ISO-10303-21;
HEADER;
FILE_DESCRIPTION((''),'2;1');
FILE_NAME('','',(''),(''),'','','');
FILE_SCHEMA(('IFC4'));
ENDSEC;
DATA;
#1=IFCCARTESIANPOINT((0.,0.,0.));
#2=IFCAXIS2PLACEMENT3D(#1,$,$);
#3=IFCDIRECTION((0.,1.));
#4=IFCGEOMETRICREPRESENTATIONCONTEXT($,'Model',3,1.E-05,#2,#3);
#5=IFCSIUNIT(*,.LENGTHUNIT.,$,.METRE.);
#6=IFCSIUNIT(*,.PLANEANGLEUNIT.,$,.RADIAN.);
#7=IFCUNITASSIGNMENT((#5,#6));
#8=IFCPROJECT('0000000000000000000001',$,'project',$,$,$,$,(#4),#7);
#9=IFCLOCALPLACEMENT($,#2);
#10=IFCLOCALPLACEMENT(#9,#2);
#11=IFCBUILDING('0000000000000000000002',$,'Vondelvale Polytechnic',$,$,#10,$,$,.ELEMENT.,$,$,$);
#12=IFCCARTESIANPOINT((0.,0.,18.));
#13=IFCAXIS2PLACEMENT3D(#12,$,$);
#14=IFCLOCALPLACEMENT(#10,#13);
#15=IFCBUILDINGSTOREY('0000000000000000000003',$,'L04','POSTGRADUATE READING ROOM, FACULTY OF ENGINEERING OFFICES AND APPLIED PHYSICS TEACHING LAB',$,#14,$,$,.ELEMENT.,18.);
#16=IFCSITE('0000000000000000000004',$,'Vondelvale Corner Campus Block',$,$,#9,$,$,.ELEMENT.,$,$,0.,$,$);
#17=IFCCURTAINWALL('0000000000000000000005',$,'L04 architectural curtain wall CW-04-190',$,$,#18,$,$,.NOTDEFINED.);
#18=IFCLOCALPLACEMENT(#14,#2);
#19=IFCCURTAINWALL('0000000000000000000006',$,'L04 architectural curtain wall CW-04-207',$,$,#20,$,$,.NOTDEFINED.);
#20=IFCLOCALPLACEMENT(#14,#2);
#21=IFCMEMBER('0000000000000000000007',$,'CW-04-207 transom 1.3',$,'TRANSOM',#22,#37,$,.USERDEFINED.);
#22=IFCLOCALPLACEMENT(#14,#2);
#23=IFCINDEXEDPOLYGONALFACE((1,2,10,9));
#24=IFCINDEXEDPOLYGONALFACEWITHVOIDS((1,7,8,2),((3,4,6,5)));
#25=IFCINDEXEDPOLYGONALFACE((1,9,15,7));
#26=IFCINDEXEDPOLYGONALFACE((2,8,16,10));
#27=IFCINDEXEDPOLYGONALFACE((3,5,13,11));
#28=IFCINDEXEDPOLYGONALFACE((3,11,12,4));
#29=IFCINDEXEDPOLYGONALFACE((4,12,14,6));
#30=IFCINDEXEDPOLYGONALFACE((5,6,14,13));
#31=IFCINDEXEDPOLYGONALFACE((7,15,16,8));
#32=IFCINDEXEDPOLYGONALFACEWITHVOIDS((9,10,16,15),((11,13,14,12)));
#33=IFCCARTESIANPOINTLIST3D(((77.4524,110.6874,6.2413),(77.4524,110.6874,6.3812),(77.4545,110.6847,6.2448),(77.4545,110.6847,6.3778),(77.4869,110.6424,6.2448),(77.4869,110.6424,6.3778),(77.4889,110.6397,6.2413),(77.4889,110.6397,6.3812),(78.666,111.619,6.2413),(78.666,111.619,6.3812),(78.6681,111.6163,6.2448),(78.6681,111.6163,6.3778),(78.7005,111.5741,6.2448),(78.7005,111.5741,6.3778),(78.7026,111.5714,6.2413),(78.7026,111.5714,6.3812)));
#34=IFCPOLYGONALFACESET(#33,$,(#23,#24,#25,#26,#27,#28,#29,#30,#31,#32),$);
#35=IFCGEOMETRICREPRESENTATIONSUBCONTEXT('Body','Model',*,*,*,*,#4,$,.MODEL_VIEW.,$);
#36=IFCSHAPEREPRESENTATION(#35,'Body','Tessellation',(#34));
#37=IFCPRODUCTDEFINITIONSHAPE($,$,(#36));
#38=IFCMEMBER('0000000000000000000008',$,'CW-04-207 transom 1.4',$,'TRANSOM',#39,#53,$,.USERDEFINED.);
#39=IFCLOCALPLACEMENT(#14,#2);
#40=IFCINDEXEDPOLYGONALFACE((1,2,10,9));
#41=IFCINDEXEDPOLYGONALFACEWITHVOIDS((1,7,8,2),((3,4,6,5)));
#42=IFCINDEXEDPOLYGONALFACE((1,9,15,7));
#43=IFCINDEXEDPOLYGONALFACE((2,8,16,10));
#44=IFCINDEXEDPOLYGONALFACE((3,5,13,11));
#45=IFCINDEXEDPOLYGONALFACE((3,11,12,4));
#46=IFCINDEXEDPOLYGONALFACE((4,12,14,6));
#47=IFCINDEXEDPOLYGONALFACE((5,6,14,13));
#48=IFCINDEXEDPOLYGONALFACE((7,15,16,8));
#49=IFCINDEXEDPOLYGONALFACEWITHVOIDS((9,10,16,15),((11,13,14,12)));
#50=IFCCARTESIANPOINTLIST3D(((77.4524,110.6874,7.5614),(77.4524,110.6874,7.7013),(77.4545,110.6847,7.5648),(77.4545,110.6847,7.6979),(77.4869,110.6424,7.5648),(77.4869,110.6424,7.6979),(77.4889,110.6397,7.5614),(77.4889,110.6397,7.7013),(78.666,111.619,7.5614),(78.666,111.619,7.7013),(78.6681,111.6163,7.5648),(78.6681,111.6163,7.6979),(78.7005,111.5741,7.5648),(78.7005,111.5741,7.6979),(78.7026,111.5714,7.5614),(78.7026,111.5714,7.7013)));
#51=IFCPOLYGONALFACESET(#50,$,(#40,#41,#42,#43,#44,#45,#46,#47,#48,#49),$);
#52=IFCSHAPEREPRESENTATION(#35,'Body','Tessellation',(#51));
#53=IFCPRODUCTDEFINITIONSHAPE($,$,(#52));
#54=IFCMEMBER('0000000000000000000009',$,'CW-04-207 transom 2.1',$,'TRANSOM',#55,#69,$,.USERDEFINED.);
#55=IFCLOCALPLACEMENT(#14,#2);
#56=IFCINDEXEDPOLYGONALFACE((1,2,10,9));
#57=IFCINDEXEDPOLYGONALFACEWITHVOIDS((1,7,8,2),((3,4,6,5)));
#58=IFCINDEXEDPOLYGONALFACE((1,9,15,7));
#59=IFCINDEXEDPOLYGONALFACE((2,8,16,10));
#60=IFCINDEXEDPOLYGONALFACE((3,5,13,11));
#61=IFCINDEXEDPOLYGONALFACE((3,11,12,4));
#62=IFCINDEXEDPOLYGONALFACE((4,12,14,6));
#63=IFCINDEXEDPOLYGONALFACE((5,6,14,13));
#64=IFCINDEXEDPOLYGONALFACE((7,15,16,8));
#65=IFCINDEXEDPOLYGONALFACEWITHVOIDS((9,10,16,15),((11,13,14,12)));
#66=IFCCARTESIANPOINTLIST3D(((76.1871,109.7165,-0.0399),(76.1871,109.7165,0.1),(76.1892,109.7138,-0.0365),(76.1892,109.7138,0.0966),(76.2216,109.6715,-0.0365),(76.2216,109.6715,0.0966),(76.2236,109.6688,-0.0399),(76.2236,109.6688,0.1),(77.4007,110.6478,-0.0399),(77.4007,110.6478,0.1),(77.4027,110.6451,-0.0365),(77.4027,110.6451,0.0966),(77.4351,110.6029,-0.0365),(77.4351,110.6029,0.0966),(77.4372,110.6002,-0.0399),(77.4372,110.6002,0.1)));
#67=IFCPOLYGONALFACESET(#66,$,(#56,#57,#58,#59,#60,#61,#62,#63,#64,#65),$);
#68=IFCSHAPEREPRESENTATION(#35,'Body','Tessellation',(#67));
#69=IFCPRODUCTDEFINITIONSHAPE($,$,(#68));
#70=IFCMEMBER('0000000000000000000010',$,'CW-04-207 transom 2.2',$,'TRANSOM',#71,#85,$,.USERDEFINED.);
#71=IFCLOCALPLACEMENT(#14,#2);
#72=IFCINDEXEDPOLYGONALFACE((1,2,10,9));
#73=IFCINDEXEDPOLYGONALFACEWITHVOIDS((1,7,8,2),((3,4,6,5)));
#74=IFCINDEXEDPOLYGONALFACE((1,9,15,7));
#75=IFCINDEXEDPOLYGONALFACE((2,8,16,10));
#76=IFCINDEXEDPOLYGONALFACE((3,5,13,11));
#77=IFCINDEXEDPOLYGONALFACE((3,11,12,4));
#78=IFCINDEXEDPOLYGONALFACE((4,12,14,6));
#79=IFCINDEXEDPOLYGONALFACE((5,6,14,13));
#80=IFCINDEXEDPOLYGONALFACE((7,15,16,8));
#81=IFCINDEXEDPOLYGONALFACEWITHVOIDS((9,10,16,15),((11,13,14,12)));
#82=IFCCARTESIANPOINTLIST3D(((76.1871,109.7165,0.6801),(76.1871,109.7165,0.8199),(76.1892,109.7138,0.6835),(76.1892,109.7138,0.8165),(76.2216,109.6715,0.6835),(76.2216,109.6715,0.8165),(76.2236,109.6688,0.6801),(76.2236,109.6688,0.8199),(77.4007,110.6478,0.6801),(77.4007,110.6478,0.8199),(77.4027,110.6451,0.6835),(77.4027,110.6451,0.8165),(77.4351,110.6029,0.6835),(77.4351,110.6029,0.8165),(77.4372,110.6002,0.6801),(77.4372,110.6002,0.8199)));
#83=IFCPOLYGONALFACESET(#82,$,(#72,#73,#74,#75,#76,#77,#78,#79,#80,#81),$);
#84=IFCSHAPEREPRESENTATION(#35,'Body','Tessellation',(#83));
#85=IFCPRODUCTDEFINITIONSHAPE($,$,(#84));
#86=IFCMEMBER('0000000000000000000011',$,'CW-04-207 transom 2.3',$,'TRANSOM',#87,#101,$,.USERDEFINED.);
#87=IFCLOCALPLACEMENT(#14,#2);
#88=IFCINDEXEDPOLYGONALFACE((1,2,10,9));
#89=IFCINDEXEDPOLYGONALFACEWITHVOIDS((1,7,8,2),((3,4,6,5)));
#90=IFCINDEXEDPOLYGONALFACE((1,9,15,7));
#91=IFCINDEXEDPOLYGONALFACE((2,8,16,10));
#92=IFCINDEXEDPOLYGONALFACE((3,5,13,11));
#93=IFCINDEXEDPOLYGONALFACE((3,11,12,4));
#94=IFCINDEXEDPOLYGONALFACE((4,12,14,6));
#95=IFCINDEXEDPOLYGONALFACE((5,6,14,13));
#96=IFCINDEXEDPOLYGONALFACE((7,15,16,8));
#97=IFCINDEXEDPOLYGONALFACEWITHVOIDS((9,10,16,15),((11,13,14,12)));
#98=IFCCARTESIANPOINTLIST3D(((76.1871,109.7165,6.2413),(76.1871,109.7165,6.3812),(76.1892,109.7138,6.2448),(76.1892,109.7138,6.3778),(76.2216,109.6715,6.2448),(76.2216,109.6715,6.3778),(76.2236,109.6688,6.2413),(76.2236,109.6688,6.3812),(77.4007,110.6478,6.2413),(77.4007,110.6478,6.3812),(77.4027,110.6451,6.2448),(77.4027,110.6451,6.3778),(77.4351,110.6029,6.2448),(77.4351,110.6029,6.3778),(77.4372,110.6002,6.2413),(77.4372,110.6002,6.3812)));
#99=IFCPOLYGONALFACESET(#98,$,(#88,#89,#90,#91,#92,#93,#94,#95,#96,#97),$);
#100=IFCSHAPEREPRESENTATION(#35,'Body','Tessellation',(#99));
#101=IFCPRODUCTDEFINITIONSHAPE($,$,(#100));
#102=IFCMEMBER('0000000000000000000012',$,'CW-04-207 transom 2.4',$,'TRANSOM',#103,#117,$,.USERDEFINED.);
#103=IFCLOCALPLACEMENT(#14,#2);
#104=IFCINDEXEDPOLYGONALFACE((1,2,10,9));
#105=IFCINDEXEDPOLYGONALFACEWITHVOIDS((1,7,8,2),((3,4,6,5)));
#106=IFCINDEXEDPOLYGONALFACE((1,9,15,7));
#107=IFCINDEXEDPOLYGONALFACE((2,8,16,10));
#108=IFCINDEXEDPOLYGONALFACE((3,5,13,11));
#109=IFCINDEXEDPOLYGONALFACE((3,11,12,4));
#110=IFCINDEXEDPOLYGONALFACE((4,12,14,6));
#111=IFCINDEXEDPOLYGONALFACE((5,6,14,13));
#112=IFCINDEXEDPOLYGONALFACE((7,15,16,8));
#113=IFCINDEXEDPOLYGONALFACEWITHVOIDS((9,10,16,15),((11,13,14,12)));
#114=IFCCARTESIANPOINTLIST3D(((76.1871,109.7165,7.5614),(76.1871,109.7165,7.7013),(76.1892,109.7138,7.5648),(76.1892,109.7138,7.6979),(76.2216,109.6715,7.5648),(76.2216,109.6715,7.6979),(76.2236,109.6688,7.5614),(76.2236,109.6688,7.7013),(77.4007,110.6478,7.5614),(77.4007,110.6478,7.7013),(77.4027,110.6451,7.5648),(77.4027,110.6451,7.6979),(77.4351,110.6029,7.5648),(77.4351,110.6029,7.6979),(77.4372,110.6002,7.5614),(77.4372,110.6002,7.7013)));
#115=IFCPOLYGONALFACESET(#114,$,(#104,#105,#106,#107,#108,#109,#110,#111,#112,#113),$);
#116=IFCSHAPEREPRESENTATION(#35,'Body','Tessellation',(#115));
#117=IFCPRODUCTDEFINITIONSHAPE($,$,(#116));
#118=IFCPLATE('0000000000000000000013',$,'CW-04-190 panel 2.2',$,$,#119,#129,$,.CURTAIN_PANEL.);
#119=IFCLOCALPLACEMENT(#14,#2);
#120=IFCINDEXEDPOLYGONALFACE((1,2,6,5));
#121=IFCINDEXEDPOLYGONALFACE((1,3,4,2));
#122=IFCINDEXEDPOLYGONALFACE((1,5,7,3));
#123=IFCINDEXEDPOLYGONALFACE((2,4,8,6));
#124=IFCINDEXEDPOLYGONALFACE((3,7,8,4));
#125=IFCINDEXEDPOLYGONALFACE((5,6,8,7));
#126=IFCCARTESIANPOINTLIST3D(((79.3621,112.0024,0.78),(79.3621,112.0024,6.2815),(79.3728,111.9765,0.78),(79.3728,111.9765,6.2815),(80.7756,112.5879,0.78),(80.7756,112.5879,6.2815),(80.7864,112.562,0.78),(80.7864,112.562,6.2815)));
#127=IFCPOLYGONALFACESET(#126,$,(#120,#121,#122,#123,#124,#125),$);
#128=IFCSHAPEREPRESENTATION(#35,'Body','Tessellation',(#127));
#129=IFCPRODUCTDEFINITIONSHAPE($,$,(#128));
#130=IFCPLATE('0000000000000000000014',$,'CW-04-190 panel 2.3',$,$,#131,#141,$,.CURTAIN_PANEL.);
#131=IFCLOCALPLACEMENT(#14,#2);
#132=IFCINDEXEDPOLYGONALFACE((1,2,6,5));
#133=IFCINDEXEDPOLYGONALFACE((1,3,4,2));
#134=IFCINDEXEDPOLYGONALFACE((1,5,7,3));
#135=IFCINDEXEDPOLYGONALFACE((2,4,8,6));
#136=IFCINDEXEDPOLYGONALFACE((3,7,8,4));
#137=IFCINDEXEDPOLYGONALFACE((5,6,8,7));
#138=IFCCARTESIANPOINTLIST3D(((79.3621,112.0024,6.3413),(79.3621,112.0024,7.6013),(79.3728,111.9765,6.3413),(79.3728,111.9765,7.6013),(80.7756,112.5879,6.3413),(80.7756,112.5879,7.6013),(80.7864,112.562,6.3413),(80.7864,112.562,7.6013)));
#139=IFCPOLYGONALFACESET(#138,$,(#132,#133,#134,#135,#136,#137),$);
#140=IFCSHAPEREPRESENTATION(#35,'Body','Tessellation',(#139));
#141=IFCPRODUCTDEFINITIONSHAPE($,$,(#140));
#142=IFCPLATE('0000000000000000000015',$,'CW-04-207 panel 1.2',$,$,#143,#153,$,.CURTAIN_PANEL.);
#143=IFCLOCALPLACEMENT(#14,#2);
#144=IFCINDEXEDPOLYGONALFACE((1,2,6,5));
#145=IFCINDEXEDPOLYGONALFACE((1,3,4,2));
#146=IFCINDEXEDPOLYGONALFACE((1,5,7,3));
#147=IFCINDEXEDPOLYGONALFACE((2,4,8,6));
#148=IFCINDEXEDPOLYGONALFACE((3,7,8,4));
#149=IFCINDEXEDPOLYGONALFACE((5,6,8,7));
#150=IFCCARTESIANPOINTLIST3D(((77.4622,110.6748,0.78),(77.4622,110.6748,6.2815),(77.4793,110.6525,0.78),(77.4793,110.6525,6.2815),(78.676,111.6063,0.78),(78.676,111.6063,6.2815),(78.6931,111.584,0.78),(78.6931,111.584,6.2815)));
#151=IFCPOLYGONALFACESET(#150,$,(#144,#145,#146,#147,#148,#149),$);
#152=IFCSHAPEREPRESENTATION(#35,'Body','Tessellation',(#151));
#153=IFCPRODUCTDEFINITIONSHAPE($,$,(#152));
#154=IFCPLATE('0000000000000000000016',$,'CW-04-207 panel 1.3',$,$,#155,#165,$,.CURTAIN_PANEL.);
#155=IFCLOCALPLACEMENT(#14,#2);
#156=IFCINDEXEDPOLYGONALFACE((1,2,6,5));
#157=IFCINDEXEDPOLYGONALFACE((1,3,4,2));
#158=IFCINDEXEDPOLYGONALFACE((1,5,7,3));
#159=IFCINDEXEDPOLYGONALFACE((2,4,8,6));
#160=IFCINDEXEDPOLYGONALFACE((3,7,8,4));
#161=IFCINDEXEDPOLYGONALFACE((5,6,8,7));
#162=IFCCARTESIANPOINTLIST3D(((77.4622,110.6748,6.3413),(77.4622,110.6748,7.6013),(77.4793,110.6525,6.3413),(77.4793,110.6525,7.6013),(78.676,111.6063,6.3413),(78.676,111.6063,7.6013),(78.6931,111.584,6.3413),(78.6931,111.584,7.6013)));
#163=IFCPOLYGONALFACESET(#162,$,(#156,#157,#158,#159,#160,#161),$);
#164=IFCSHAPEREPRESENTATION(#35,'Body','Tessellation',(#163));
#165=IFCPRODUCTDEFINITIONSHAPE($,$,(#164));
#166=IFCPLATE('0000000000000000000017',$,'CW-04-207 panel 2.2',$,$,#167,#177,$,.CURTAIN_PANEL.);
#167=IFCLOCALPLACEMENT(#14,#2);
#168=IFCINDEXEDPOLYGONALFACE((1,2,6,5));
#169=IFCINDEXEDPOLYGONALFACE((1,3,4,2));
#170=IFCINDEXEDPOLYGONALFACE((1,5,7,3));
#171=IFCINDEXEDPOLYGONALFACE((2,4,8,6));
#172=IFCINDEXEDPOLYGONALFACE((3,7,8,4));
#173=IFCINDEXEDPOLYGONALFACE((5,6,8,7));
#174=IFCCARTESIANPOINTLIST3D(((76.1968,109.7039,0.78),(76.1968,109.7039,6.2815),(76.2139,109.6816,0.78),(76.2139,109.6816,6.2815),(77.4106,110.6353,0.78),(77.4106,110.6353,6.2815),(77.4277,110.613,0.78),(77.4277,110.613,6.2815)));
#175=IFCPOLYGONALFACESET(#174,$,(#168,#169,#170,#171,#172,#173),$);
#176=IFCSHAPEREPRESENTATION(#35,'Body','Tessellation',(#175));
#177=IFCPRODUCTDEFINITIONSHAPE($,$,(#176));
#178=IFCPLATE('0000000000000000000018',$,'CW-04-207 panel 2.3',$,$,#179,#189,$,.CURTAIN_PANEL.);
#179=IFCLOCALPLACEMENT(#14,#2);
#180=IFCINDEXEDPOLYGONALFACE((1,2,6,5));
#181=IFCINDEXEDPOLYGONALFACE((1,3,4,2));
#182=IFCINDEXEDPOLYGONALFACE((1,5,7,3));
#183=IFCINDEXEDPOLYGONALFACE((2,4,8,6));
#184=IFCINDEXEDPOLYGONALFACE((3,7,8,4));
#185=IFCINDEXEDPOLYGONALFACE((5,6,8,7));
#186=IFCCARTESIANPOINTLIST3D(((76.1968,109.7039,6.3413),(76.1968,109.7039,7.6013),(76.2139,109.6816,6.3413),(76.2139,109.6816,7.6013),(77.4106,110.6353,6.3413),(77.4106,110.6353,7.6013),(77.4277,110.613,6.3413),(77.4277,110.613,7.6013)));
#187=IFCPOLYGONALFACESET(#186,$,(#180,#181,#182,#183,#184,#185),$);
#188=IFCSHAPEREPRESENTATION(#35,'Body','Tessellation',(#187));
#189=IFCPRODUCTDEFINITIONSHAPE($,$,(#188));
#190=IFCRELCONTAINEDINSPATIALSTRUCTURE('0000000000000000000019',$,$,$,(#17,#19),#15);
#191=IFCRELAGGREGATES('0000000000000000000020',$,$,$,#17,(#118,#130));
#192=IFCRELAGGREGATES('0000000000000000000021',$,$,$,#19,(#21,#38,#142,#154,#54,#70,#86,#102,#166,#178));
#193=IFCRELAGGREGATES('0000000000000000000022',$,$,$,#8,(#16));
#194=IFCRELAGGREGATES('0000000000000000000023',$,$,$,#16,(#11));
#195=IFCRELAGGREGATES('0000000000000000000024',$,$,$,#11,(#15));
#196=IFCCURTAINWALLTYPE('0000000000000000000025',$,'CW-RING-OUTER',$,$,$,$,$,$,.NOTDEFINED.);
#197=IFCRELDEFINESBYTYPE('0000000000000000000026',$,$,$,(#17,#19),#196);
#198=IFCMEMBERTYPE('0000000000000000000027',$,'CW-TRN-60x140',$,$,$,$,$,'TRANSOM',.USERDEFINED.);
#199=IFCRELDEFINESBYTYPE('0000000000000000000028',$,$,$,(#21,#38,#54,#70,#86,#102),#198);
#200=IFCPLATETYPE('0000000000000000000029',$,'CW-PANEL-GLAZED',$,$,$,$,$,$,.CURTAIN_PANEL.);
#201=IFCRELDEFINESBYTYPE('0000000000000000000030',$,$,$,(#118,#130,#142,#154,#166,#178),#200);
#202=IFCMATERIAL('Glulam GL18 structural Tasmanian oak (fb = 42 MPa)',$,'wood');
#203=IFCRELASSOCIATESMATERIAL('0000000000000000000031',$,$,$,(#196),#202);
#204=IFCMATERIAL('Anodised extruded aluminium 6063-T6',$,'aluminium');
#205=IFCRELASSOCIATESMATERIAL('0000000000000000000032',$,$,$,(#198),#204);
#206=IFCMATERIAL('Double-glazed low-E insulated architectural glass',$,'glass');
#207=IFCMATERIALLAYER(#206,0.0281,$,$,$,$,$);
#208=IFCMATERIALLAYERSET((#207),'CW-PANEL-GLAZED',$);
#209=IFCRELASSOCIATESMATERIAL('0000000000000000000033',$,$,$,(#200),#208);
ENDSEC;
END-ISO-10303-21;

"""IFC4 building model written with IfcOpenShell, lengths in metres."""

from ifc_helpers import new_model, si_unit, direction, frame, origin, origin_2d, place, context, subcontext, project, spatial, rectangle, hollow_rectangle, extrude, material, layer, layer_set, material_profile, profile_set, type_object, element, aggregate, save


model = new_model("IFC4")

# Units and contexts
model_context = context("Model", 3, precision=1e-05, world=origin(), true_north=direction((0.0, 1.0)))
body_context = subcontext(model_context, "Body", "Model", "MODEL_VIEW")
ifc_project = project(units=[si_unit("LENGTHUNIT", "METRE"), si_unit("PLANEANGLEUNIT", "RADIAN")], contexts=[model_context])

# Site, building, storey
site_placement = place(None, origin())
site = spatial("IfcSite", under=ifc_project, at=site_placement, Name="Vondelvale Corner Campus Block", CompositionType="ELEMENT", RefElevation=0.0)
building_placement = place(site_placement, origin())
building = spatial("IfcBuilding", under=site, at=building_placement, Name="Vondelvale Polytechnic", CompositionType="ELEMENT")
storey_placement = place(building_placement, frame((0.0, 0.0, 18.0)))
storey = spatial("IfcBuildingStorey", under=building, at=storey_placement, Name="L04", Description="POSTGRADUATE READING ROOM, FACULTY OF ENGINEERING OFFICES AND APPLIED PHYSICS TEACHING LAB", CompositionType="ELEMENT", Elevation=18.0)

# Curtain wall
ifc_material_1 = material(Name="Glulam GL18 structural Tasmanian oak (fb = 42 MPa)", Category="wood")
curtain_wall_type = type_object("IfcCurtainWallType", Name="CW-RING-OUTER", PredefinedType="NOTDEFINED", material=ifc_material_1)
curtain_wall_1_placement = place(storey_placement, origin())
curtain_wall_1 = element("IfcCurtainWall", 1, at=curtain_wall_1_placement, inside=storey, type_object=curtain_wall_type, Name="L04 architectural curtain wall CW-04-190", PredefinedType="NOTDEFINED")
ifc_material_2 = material(Name="Anodised extruded aluminium 6063-T6", Category="aluminium")

# Curtain wall
curtain_wall_2_placement = place(storey_placement, origin())
curtain_wall_2 = element("IfcCurtainWall", 2, at=curtain_wall_2_placement, inside=storey, type_object=curtain_wall_type, Name="L04 architectural curtain wall CW-04-207", PredefinedType="NOTDEFINED")

# Members
ifc_material_profile_1 = material_profile(ifc_material_2, hollow_rectangle(XDim=0.0601, YDim=0.1399, WallThickness=0.0034, at=origin_2d()), Name="CW-TRN-140x60")
ifc_profile_set_1 = profile_set([ifc_material_profile_1], Name="Anodised extruded aluminium 6063-T6")
member_type_1 = type_object("IfcMemberType", Name="CW-TRN-60x140", ElementType="TRANSOM", PredefinedType="USERDEFINED", material=ifc_profile_set_1)
member_1_placement = place(storey_placement, frame((78.6843, 111.5952, 6.3113), z_axis=(-0.793229, -0.608924, 0.0), x_axis=(0.608924, -0.793229, 0.0)))
member_1 = element("IfcMember", 3, at=member_1_placement, type_object=member_type_1, Name="CW-04-207 transom 1.3", ObjectType="TRANSOM", PredefinedType="USERDEFINED", context=body_context, shape_type="SweptSolid", body=[
    extrude(hollow_rectangle(XDim=0.0601, YDim=0.1399, WallThickness=0.0034, at=origin_2d()), origin(), (0.0, 0.0, 1.0), 1.53),
])
member_2_placement = place(storey_placement, frame((78.6843, 111.5952, 7.6313), z_axis=(-0.793229, -0.608924, 0.0), x_axis=(0.608924, -0.793229, 0.0)))
member_2 = element("IfcMember", 4, at=member_2_placement, type_object=member_type_1, Name="CW-04-207 transom 1.4", ObjectType="TRANSOM", PredefinedType="USERDEFINED", context=body_context, shape_type="SweptSolid", body=[
    extrude(hollow_rectangle(XDim=0.0601, YDim=0.1399, WallThickness=0.0034, at=origin_2d()), origin(), (0.0, 0.0, 1.0), 1.53),
])
member_3_placement = place(storey_placement, frame((77.4189, 110.624, 0.03), z_axis=(-0.793306, -0.608823, 0.0), x_axis=(0.608823, -0.793306, 0.0)))
member_3 = element("IfcMember", 5, at=member_3_placement, type_object=member_type_1, Name="CW-04-207 transom 2.1", ObjectType="TRANSOM", PredefinedType="USERDEFINED", context=body_context, shape_type="SweptSolid", body=[
    extrude(hollow_rectangle(XDim=0.0601, YDim=0.1399, WallThickness=0.0034, at=origin_2d()), origin(), (0.0, 0.0, 1.0), 1.5298),
])
member_4_placement = place(storey_placement, frame((77.4189, 110.624, 0.75), z_axis=(-0.793306, -0.608823, 0.0), x_axis=(0.608823, -0.793306, 0.0)))
member_4 = element("IfcMember", 6, at=member_4_placement, type_object=member_type_1, Name="CW-04-207 transom 2.2", ObjectType="TRANSOM", PredefinedType="USERDEFINED", context=body_context, shape_type="SweptSolid", body=[
    extrude(hollow_rectangle(XDim=0.0601, YDim=0.1399, WallThickness=0.0034, at=origin_2d()), origin(), (0.0, 0.0, 1.0), 1.5298),
])
member_5_placement = place(storey_placement, frame((77.4189, 110.624, 6.3113), z_axis=(-0.793306, -0.608823, 0.0), x_axis=(0.608823, -0.793306, 0.0)))
member_5 = element("IfcMember", 7, at=member_5_placement, type_object=member_type_1, Name="CW-04-207 transom 2.3", ObjectType="TRANSOM", PredefinedType="USERDEFINED", context=body_context, shape_type="SweptSolid", body=[
    extrude(hollow_rectangle(XDim=0.0601, YDim=0.1399, WallThickness=0.0034, at=origin_2d()), origin(), (0.0, 0.0, 1.0), 1.5298),
])
member_6_placement = place(storey_placement, frame((77.4189, 110.624, 7.6313), z_axis=(-0.793306, -0.608823, 0.0), x_axis=(0.608823, -0.793306, 0.0)))
member_6 = element("IfcMember", 8, at=member_6_placement, type_object=member_type_1, Name="CW-04-207 transom 2.4", ObjectType="TRANSOM", PredefinedType="USERDEFINED", context=body_context, shape_type="SweptSolid", body=[
    extrude(hollow_rectangle(XDim=0.0601, YDim=0.1399, WallThickness=0.0034, at=origin_2d()), origin(), (0.0, 0.0, 1.0), 1.5298),
])

# Plates
ifc_material_3 = material(Name="Double-glazed low-E insulated architectural glass", Category="glass")
ifc_layer_1 = layer(ifc_material_3, 0.0281)
ifc_layer_set_1 = layer_set([ifc_layer_1], Name="CW-PANEL-GLAZED")
plate_type_1 = type_object("IfcPlateType", Name="CW-PANEL-GLAZED", PredefinedType="CURTAIN_PANEL", material=ifc_layer_set_1)
plate_1_placement = place(storey_placement, frame((80.0742, 112.2822, 0.78), z_axis=(0.0, 0.0, 1.0), x_axis=(-0.923882, -0.382677, 0.0)))
plate_1 = element("IfcPlate", 9, at=plate_1_placement, type_object=plate_type_1, Name="CW-04-190 panel 2.2", PredefinedType="CURTAIN_PANEL", context=body_context, shape_type="SweptSolid", body=[
    extrude(rectangle(XDim=1.53, YDim=0.0281, at=origin_2d()), origin(), (0.0, 0.0, 1.0), 5.5015),
])
plate_2_placement = place(storey_placement, frame((80.0742, 112.2822, 6.3413), z_axis=(0.0, 0.0, 1.0), x_axis=(-0.923882, -0.382677, 0.0)))
plate_2 = element("IfcPlate", 10, at=plate_2_placement, type_object=plate_type_1, Name="CW-04-190 panel 2.3", PredefinedType="CURTAIN_PANEL", context=body_context, shape_type="SweptSolid", body=[
    extrude(rectangle(XDim=1.53, YDim=0.0281, at=origin_2d()), origin(), (0.0, 0.0, 1.0), 1.26),
])
plate_3_placement = place(storey_placement, frame((78.0776, 111.1294, 0.78), z_axis=(0.0, 0.0, 1.0), x_axis=(-0.793334, -0.608787, 0.0)))
plate_3 = element("IfcPlate", 11, at=plate_3_placement, type_object=plate_type_1, Name="CW-04-207 panel 1.2", PredefinedType="CURTAIN_PANEL", context=body_context, shape_type="SweptSolid", body=[
    extrude(rectangle(XDim=1.53, YDim=0.0281, at=origin_2d()), origin(), (0.0, 0.0, 1.0), 5.5015),
])
plate_4_placement = place(storey_placement, frame((78.0776, 111.1294, 6.3413), z_axis=(0.0, 0.0, 1.0), x_axis=(-0.793334, -0.608787, 0.0)))
plate_4 = element("IfcPlate", 12, at=plate_4_placement, type_object=plate_type_1, Name="CW-04-207 panel 1.3", PredefinedType="CURTAIN_PANEL", context=body_context, shape_type="SweptSolid", body=[
    extrude(rectangle(XDim=1.53, YDim=0.0281, at=origin_2d()), origin(), (0.0, 0.0, 1.0), 1.26),
])
plate_5_placement = place(storey_placement, frame((76.8123, 110.1584, 0.78), z_axis=(0.0, 0.0, 1.0), x_axis=(-0.793334, -0.608787, 0.0)))
plate_5 = element("IfcPlate", 13, at=plate_5_placement, type_object=plate_type_1, Name="CW-04-207 panel 2.2", PredefinedType="CURTAIN_PANEL", context=body_context, shape_type="SweptSolid", body=[
    extrude(rectangle(XDim=1.53, YDim=0.0281, at=origin_2d()), origin(), (0.0, 0.0, 1.0), 5.5015),
])
plate_6_placement = place(storey_placement, frame((76.8123, 110.1584, 6.3413), z_axis=(0.0, 0.0, 1.0), x_axis=(-0.793334, -0.608787, 0.0)))
plate_6 = element("IfcPlate", 14, at=plate_6_placement, type_object=plate_type_1, Name="CW-04-207 panel 2.3", PredefinedType="CURTAIN_PANEL", context=body_context, shape_type="SweptSolid", body=[
    extrude(rectangle(XDim=1.53, YDim=0.0281, at=origin_2d()), origin(), (0.0, 0.0, 1.0), 1.26),
])
aggregate(curtain_wall_1, [plate_1, plate_2])
aggregate(curtain_wall_2, [member_1, member_2, plate_3, plate_4, member_3, member_4, member_5, member_6, plate_5, plate_6])

save(model, "model.ifc")
